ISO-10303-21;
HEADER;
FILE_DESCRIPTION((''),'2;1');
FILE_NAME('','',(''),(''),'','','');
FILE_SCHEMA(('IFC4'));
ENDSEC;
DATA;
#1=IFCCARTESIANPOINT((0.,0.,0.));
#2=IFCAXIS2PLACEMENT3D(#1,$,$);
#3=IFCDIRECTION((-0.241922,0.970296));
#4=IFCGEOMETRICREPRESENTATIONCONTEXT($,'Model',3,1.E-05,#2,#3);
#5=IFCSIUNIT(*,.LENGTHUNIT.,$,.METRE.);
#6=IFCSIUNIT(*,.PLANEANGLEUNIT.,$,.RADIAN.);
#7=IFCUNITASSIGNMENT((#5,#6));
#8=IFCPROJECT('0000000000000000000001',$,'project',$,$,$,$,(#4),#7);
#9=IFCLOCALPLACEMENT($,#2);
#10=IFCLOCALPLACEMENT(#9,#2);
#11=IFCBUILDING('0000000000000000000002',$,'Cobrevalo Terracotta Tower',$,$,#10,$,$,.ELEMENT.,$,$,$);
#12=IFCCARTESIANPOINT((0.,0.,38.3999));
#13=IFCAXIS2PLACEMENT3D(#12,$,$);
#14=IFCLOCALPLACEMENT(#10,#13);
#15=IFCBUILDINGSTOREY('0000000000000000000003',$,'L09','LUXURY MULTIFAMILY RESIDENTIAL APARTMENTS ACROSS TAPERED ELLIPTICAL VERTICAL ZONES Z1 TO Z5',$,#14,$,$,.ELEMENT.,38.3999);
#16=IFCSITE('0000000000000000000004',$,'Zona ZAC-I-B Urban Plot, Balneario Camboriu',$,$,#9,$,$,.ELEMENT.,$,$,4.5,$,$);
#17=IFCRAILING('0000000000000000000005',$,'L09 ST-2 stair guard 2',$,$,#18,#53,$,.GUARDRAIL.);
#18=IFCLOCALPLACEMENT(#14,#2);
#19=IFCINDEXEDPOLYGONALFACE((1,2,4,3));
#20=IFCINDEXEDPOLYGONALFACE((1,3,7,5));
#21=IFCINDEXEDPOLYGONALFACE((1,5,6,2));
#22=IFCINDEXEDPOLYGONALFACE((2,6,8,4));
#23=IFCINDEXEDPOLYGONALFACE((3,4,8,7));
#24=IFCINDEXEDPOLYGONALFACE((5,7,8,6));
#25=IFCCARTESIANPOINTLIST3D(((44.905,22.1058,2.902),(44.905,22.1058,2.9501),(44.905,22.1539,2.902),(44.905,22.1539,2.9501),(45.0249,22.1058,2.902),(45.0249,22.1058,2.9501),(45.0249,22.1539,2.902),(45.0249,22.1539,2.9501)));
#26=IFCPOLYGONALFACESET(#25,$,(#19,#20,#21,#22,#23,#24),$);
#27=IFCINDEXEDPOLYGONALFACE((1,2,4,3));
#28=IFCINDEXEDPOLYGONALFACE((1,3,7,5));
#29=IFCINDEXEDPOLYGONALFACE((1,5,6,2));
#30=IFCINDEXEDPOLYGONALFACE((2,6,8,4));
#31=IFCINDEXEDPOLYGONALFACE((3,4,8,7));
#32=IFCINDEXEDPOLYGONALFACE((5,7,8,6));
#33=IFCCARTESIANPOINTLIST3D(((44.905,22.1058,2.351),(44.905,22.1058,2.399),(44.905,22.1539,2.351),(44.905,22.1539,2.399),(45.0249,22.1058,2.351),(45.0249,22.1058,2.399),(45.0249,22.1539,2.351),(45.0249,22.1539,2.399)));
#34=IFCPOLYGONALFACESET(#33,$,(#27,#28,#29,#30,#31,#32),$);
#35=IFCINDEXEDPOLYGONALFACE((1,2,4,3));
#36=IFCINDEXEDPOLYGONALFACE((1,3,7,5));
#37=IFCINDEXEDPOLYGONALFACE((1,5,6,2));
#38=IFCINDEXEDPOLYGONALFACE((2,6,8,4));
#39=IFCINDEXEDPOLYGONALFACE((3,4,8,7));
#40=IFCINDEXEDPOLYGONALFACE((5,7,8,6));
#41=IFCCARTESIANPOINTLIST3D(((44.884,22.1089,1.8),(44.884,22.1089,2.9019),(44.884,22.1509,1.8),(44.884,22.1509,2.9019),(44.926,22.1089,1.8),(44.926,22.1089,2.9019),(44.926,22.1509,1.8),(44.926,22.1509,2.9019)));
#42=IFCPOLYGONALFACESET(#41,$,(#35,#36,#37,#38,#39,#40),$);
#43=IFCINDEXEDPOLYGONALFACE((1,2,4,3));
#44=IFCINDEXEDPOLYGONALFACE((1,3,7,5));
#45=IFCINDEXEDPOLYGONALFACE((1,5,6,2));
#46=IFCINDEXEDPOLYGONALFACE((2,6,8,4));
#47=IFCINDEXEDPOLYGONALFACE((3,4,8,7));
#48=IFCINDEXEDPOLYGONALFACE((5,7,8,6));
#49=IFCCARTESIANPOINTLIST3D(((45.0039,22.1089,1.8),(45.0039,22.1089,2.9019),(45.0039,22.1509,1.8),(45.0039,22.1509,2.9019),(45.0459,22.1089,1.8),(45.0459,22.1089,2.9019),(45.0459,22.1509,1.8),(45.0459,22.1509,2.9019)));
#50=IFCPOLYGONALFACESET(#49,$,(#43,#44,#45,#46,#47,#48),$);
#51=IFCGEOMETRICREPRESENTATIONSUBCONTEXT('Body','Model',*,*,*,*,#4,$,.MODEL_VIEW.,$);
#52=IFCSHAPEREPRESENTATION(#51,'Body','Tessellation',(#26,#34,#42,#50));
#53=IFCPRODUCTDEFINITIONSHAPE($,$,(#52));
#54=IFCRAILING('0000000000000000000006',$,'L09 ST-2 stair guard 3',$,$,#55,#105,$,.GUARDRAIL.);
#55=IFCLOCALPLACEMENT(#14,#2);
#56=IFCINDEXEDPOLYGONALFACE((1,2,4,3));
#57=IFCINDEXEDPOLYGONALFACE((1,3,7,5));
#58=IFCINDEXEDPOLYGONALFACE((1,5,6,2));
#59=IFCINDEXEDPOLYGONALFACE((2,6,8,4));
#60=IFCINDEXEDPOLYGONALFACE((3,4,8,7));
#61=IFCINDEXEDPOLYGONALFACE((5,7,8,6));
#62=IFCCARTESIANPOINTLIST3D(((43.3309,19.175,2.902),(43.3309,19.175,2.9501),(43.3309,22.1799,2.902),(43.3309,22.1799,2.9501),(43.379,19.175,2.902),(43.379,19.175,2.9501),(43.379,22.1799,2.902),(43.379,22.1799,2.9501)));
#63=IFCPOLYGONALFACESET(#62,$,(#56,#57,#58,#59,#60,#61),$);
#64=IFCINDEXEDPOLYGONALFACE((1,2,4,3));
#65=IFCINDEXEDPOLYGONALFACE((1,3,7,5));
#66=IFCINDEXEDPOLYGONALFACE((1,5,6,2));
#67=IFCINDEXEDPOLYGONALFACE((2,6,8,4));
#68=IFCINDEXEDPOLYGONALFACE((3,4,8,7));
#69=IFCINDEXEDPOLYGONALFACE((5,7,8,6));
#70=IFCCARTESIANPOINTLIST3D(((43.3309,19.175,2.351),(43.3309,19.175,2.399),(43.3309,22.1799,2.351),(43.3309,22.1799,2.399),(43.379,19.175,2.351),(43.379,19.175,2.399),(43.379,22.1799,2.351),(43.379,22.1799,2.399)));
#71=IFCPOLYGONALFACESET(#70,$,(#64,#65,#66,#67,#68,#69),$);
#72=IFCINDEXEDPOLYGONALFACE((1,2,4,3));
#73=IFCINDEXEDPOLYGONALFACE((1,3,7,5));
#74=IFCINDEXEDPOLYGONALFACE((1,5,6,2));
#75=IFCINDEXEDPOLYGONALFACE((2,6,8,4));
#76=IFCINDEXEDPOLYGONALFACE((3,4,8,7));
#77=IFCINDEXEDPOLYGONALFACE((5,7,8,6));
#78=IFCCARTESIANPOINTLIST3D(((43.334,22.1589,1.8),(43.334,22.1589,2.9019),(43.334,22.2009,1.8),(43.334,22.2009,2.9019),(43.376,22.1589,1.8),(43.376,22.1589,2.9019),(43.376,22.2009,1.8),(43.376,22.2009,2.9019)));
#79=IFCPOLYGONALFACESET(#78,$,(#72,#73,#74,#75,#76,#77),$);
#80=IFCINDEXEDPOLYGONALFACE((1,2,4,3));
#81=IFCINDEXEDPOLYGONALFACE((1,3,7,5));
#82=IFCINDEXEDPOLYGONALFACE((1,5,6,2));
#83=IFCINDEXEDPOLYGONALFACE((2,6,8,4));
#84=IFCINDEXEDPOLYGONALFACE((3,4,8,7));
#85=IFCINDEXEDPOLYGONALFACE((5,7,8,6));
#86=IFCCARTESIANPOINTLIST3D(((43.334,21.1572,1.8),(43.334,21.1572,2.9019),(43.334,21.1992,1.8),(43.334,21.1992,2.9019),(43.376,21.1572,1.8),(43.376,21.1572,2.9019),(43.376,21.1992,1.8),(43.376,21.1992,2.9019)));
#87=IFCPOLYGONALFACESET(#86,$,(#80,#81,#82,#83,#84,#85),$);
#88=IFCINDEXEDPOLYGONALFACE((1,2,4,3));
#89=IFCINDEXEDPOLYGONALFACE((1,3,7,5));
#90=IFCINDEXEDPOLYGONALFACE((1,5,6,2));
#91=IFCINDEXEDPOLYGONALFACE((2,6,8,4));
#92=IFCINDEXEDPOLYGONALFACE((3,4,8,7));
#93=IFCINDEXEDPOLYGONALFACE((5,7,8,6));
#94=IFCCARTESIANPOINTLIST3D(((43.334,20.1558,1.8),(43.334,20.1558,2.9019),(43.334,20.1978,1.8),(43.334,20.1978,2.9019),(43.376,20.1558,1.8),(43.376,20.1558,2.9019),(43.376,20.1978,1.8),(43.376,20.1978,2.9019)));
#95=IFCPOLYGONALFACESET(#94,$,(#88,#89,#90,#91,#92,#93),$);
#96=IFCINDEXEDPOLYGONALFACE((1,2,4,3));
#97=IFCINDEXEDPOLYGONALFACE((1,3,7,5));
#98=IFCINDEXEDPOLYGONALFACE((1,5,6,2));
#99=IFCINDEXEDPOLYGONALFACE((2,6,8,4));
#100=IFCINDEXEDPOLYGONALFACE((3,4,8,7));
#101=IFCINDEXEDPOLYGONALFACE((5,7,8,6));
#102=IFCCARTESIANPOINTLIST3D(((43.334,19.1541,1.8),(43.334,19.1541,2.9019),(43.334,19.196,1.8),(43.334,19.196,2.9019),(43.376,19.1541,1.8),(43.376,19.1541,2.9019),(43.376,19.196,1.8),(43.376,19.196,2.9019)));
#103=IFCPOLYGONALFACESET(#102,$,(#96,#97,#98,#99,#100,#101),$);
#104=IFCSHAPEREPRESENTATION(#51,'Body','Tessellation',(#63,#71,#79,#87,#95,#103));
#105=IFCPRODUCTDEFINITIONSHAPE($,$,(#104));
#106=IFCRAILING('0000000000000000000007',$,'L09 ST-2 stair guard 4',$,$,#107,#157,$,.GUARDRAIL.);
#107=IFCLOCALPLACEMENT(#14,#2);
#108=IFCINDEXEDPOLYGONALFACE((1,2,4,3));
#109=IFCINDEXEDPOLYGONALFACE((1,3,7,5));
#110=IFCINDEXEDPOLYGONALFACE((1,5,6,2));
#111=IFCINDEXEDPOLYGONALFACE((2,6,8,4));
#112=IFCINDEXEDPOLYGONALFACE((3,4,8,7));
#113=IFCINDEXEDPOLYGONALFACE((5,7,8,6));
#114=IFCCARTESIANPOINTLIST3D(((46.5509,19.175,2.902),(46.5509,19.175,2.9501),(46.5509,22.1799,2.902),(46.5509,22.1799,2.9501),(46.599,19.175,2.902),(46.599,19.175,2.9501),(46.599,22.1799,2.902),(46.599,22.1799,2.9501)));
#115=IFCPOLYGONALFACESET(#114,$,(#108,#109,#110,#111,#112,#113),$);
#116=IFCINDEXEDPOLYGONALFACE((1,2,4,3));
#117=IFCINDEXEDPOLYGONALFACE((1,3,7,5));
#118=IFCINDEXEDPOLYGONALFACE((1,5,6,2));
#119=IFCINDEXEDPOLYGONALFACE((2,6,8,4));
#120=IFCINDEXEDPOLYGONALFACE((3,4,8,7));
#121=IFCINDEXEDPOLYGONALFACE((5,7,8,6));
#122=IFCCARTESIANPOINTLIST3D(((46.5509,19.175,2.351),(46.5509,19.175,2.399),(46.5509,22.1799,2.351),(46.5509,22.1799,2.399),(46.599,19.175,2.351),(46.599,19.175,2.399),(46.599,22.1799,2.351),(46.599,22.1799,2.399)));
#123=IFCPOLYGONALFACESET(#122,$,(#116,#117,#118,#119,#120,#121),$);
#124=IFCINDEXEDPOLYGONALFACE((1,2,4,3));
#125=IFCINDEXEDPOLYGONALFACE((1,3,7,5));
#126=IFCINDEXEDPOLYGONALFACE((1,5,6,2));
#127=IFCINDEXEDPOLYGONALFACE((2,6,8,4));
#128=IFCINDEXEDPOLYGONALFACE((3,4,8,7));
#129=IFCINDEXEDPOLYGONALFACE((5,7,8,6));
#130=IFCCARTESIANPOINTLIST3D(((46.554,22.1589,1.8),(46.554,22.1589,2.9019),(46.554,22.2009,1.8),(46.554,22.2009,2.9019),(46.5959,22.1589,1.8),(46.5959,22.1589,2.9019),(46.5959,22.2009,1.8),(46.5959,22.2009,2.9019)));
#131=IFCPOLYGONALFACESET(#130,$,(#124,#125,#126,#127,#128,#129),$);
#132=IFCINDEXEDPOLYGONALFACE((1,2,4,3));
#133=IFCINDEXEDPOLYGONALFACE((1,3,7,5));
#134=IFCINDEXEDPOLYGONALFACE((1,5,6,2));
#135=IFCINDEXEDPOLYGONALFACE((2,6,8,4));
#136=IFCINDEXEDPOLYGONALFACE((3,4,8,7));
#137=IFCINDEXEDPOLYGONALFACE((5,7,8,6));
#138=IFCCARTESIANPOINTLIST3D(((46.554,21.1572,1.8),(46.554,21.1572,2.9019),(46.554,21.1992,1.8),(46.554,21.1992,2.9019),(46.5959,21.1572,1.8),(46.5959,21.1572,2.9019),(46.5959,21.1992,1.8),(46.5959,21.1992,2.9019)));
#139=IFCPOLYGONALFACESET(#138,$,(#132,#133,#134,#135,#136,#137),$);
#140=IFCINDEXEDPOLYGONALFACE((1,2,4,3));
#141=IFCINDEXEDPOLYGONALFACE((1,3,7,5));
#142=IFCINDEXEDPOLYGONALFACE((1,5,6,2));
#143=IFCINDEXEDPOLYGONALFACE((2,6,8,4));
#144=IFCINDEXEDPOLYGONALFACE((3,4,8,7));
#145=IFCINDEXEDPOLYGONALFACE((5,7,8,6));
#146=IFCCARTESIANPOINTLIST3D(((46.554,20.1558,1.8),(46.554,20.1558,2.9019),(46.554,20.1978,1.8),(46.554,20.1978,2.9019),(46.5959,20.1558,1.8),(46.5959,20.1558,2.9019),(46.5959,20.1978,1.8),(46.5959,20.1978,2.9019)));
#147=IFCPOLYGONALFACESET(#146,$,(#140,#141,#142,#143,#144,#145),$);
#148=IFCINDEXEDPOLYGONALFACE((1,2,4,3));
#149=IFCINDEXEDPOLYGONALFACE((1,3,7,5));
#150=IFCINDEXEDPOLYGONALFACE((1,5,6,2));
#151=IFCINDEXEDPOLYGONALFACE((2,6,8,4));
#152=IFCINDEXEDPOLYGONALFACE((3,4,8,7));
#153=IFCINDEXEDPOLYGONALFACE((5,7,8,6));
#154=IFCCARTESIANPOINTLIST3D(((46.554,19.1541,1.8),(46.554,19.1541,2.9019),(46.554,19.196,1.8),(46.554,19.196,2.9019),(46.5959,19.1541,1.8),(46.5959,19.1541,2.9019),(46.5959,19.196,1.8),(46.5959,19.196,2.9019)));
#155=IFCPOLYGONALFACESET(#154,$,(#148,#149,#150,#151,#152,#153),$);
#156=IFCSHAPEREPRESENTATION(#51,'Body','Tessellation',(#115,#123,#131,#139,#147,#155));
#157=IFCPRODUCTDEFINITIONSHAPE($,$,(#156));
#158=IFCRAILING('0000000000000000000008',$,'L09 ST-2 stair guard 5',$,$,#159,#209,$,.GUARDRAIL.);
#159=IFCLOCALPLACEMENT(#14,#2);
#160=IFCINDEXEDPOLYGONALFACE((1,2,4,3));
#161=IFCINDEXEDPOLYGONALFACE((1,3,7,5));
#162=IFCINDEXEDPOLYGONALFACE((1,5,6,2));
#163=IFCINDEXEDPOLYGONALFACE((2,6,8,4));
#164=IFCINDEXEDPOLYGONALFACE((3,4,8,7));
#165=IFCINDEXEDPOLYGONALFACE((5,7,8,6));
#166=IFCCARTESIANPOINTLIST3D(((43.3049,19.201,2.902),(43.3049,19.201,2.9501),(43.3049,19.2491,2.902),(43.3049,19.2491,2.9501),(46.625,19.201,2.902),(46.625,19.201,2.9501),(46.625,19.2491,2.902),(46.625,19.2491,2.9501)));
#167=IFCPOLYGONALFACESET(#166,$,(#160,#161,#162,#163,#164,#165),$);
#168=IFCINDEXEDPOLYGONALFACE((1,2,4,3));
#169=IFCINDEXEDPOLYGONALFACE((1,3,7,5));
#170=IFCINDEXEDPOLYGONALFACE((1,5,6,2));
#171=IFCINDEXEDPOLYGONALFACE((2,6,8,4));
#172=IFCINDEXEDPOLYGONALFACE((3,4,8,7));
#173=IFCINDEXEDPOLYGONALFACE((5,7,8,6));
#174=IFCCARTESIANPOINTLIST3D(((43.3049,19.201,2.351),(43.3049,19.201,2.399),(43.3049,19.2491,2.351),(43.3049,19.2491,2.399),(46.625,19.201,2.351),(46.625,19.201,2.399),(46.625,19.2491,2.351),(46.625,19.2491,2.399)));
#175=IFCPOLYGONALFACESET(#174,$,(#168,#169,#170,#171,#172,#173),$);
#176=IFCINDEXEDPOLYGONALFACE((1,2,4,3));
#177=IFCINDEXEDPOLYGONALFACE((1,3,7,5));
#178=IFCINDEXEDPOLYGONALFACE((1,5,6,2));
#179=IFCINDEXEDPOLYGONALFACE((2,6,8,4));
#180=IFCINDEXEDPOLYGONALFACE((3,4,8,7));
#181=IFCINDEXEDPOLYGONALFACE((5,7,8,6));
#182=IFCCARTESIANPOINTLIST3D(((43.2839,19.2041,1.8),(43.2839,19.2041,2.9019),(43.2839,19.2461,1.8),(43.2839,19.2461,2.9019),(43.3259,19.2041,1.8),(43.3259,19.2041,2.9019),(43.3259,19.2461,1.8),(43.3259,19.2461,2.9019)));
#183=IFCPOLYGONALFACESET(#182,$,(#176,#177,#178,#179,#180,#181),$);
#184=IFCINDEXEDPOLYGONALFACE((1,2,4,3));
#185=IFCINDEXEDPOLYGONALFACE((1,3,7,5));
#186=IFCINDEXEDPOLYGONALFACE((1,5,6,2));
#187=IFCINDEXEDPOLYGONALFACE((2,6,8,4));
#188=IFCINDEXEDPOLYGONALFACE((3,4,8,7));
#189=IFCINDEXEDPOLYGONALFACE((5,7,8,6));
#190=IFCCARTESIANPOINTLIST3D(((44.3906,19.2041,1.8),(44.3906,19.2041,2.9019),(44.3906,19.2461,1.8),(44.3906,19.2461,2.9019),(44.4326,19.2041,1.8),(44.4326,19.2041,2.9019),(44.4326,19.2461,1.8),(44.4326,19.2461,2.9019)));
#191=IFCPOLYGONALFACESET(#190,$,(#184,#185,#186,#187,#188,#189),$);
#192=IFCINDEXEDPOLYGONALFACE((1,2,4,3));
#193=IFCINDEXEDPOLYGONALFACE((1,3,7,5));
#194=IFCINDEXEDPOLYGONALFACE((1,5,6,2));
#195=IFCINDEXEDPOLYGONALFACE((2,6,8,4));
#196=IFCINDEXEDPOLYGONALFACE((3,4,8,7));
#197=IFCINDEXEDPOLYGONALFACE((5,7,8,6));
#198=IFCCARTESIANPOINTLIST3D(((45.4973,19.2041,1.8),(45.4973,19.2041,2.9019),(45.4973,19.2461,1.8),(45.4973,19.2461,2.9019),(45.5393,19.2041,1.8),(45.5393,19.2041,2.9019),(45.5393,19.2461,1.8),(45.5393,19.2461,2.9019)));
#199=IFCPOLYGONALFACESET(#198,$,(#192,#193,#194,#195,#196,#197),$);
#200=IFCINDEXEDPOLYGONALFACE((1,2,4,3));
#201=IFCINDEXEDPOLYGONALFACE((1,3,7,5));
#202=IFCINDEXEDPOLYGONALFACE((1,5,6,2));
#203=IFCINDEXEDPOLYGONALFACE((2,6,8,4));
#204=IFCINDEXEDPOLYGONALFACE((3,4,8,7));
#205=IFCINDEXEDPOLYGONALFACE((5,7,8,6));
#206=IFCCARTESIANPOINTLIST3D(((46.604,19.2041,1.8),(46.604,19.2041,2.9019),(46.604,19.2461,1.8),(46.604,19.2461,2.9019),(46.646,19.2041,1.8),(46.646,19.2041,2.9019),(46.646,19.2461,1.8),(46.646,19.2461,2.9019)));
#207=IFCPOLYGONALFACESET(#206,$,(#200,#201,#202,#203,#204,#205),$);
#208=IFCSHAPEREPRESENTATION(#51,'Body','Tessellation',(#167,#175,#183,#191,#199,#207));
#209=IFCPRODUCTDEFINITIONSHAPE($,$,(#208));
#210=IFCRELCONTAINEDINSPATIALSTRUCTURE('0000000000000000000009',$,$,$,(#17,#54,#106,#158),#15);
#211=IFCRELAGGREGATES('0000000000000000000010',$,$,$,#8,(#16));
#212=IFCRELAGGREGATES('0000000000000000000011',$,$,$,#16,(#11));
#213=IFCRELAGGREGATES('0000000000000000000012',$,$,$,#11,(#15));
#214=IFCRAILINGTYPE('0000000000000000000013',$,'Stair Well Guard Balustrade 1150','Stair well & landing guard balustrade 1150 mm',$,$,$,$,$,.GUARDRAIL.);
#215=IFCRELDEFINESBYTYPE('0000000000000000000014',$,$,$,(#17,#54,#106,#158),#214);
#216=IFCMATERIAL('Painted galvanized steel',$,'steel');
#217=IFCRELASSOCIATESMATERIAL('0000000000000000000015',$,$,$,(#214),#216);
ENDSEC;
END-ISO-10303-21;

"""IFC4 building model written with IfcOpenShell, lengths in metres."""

from ifc_helpers import new_model, si_unit, direction, frame, origin, origin_2d, place, context, subcontext, project, spatial, rectangle, extrude, material, type_object, element, save


model = new_model("IFC4")

# Units and contexts
model_context = context("Model", 3, precision=1e-05, world=origin(), true_north=direction((-0.241922, 0.970296)))
body_context = subcontext(model_context, "Body", "Model", "MODEL_VIEW")
ifc_project = project(units=[si_unit("LENGTHUNIT", "METRE"), si_unit("PLANEANGLEUNIT", "RADIAN")], contexts=[model_context])

# Site, building, storey
site_placement = place(None, origin())
site = spatial("IfcSite", under=ifc_project, at=site_placement, Name="Zona ZAC-I-B Urban Plot, Balneario Camboriu", CompositionType="ELEMENT", RefElevation=4.5)
building_placement = place(site_placement, origin())
building = spatial("IfcBuilding", under=site, at=building_placement, Name="Cobrevalo Terracotta Tower", CompositionType="ELEMENT")
storey_placement = place(building_placement, frame((0.0, 0.0, 38.3999)))
storey = spatial("IfcBuildingStorey", under=building, at=storey_placement, Name="L09", Description="LUXURY MULTIFAMILY RESIDENTIAL APARTMENTS ACROSS TAPERED ELLIPTICAL VERTICAL ZONES Z1 TO Z5", CompositionType="ELEMENT", Elevation=38.3999)

# Railings
ifc_material_1 = material(Name="Painted galvanized steel", Category="steel")
railing_type_1 = type_object("IfcRailingType", Name="Stair Well Guard Balustrade 1150", Description="Stair well & landing guard balustrade 1150 mm", PredefinedType="GUARDRAIL", material=ifc_material_1)
railing_1_placement = place(storey_placement, frame((44.905, 22.1299, 1.8)))
element("IfcRailing", 1, at=railing_1_placement, inside=storey, type_object=railing_type_1, Name="L09 ST-2 stair guard 2", PredefinedType="GUARDRAIL", context=body_context, shape_type="SweptSolid", body=[
    extrude(rectangle(XDim=0.0481, YDim=0.0481, at=origin_2d()), frame((0.0, 0.0, 1.126), z_axis=(1.0, 0.0, 0.0), x_axis=(0.0, 1.0, 0.0)), (0.0, 0.0, 1.0), 0.1199),
    extrude(rectangle(XDim=0.0481, YDim=0.0481, at=origin_2d()), frame((0.0, 0.0, 0.575), z_axis=(1.0, 0.0, 0.0), x_axis=(0.0, 1.0, 0.0)), (0.0, 0.0, 1.0), 0.1199),
    extrude(rectangle(XDim=0.042, YDim=0.042, at=origin_2d()), origin(), (0.0, 0.0, 1.0), 1.1018),
    extrude(rectangle(XDim=0.042, YDim=0.042, at=origin_2d()), frame((0.1199, 0.0, 0.0)), (0.0, 0.0, 1.0), 1.1018),
])
for number, where, name in (
    (2, (43.355, 22.1799, 1.8), "L09 ST-2 stair guard 3"),
    (3, (46.575, 22.1799, 1.8), "L09 ST-2 stair guard 4"),
):
    element("IfcRailing", number, at=place(storey_placement, frame(where)), inside=storey, type_object=railing_type_1, Name=name, PredefinedType="GUARDRAIL", context=body_context, shape_type="SweptSolid", body=[
        extrude(rectangle(XDim=0.0481, YDim=0.0481, at=origin_2d()), frame((0.0, 0.0, 1.126), z_axis=(0.0, -1.0, 0.0), x_axis=(1.0, 0.0, 0.0)), (0.0, 0.0, 1.0), 3.0049),
        extrude(rectangle(XDim=0.0481, YDim=0.0481, at=origin_2d()), frame((0.0, 0.0, 0.575), z_axis=(0.0, -1.0, 0.0), x_axis=(1.0, 0.0, 0.0)), (0.0, 0.0, 1.0), 3.0049),
        extrude(rectangle(XDim=0.042, YDim=0.042, at=origin_2d()), origin(), (0.0, 0.0, 1.0), 1.1018),
        extrude(rectangle(XDim=0.042, YDim=0.042, at=origin_2d()), frame((0.0, -1.0017, 0.0)), (0.0, 0.0, 1.0), 1.1018),
        extrude(rectangle(XDim=0.042, YDim=0.042, at=origin_2d()), frame((0.0, -2.0032, 0.0)), (0.0, 0.0, 1.0), 1.1018),
        extrude(rectangle(XDim=0.042, YDim=0.042, at=origin_2d()), frame((0.0, -3.0049, 0.0)), (0.0, 0.0, 1.0), 1.1018),
    ])
railing_2_placement = place(storey_placement, frame((43.3049, 19.2251, 1.8)))
element("IfcRailing", 4, at=railing_2_placement, inside=storey, type_object=railing_type_1, Name="L09 ST-2 stair guard 5", PredefinedType="GUARDRAIL", context=body_context, shape_type="SweptSolid", body=[
    extrude(rectangle(XDim=0.0481, YDim=0.0481, at=origin_2d()), frame((0.0, 0.0, 1.126), z_axis=(1.0, 0.0, 0.0), x_axis=(0.0, 1.0, 0.0)), (0.0, 0.0, 1.0), 3.3201),
    extrude(rectangle(XDim=0.0481, YDim=0.0481, at=origin_2d()), frame((0.0, 0.0, 0.575), z_axis=(1.0, 0.0, 0.0), x_axis=(0.0, 1.0, 0.0)), (0.0, 0.0, 1.0), 3.3201),
    extrude(rectangle(XDim=0.042, YDim=0.042, at=origin_2d()), origin(), (0.0, 0.0, 1.0), 1.1018),
    extrude(rectangle(XDim=0.042, YDim=0.042, at=origin_2d()), frame((1.1067, 0.0, 0.0)), (0.0, 0.0, 1.0), 1.1018),
    extrude(rectangle(XDim=0.042, YDim=0.042, at=origin_2d()), frame((2.2134, 0.0, 0.0)), (0.0, 0.0, 1.0), 1.1018),
    extrude(rectangle(XDim=0.042, YDim=0.042, at=origin_2d()), frame((3.3201, 0.0, 0.0)), (0.0, 0.0, 1.0), 1.1018),
])

save(model, "model.ifc")
